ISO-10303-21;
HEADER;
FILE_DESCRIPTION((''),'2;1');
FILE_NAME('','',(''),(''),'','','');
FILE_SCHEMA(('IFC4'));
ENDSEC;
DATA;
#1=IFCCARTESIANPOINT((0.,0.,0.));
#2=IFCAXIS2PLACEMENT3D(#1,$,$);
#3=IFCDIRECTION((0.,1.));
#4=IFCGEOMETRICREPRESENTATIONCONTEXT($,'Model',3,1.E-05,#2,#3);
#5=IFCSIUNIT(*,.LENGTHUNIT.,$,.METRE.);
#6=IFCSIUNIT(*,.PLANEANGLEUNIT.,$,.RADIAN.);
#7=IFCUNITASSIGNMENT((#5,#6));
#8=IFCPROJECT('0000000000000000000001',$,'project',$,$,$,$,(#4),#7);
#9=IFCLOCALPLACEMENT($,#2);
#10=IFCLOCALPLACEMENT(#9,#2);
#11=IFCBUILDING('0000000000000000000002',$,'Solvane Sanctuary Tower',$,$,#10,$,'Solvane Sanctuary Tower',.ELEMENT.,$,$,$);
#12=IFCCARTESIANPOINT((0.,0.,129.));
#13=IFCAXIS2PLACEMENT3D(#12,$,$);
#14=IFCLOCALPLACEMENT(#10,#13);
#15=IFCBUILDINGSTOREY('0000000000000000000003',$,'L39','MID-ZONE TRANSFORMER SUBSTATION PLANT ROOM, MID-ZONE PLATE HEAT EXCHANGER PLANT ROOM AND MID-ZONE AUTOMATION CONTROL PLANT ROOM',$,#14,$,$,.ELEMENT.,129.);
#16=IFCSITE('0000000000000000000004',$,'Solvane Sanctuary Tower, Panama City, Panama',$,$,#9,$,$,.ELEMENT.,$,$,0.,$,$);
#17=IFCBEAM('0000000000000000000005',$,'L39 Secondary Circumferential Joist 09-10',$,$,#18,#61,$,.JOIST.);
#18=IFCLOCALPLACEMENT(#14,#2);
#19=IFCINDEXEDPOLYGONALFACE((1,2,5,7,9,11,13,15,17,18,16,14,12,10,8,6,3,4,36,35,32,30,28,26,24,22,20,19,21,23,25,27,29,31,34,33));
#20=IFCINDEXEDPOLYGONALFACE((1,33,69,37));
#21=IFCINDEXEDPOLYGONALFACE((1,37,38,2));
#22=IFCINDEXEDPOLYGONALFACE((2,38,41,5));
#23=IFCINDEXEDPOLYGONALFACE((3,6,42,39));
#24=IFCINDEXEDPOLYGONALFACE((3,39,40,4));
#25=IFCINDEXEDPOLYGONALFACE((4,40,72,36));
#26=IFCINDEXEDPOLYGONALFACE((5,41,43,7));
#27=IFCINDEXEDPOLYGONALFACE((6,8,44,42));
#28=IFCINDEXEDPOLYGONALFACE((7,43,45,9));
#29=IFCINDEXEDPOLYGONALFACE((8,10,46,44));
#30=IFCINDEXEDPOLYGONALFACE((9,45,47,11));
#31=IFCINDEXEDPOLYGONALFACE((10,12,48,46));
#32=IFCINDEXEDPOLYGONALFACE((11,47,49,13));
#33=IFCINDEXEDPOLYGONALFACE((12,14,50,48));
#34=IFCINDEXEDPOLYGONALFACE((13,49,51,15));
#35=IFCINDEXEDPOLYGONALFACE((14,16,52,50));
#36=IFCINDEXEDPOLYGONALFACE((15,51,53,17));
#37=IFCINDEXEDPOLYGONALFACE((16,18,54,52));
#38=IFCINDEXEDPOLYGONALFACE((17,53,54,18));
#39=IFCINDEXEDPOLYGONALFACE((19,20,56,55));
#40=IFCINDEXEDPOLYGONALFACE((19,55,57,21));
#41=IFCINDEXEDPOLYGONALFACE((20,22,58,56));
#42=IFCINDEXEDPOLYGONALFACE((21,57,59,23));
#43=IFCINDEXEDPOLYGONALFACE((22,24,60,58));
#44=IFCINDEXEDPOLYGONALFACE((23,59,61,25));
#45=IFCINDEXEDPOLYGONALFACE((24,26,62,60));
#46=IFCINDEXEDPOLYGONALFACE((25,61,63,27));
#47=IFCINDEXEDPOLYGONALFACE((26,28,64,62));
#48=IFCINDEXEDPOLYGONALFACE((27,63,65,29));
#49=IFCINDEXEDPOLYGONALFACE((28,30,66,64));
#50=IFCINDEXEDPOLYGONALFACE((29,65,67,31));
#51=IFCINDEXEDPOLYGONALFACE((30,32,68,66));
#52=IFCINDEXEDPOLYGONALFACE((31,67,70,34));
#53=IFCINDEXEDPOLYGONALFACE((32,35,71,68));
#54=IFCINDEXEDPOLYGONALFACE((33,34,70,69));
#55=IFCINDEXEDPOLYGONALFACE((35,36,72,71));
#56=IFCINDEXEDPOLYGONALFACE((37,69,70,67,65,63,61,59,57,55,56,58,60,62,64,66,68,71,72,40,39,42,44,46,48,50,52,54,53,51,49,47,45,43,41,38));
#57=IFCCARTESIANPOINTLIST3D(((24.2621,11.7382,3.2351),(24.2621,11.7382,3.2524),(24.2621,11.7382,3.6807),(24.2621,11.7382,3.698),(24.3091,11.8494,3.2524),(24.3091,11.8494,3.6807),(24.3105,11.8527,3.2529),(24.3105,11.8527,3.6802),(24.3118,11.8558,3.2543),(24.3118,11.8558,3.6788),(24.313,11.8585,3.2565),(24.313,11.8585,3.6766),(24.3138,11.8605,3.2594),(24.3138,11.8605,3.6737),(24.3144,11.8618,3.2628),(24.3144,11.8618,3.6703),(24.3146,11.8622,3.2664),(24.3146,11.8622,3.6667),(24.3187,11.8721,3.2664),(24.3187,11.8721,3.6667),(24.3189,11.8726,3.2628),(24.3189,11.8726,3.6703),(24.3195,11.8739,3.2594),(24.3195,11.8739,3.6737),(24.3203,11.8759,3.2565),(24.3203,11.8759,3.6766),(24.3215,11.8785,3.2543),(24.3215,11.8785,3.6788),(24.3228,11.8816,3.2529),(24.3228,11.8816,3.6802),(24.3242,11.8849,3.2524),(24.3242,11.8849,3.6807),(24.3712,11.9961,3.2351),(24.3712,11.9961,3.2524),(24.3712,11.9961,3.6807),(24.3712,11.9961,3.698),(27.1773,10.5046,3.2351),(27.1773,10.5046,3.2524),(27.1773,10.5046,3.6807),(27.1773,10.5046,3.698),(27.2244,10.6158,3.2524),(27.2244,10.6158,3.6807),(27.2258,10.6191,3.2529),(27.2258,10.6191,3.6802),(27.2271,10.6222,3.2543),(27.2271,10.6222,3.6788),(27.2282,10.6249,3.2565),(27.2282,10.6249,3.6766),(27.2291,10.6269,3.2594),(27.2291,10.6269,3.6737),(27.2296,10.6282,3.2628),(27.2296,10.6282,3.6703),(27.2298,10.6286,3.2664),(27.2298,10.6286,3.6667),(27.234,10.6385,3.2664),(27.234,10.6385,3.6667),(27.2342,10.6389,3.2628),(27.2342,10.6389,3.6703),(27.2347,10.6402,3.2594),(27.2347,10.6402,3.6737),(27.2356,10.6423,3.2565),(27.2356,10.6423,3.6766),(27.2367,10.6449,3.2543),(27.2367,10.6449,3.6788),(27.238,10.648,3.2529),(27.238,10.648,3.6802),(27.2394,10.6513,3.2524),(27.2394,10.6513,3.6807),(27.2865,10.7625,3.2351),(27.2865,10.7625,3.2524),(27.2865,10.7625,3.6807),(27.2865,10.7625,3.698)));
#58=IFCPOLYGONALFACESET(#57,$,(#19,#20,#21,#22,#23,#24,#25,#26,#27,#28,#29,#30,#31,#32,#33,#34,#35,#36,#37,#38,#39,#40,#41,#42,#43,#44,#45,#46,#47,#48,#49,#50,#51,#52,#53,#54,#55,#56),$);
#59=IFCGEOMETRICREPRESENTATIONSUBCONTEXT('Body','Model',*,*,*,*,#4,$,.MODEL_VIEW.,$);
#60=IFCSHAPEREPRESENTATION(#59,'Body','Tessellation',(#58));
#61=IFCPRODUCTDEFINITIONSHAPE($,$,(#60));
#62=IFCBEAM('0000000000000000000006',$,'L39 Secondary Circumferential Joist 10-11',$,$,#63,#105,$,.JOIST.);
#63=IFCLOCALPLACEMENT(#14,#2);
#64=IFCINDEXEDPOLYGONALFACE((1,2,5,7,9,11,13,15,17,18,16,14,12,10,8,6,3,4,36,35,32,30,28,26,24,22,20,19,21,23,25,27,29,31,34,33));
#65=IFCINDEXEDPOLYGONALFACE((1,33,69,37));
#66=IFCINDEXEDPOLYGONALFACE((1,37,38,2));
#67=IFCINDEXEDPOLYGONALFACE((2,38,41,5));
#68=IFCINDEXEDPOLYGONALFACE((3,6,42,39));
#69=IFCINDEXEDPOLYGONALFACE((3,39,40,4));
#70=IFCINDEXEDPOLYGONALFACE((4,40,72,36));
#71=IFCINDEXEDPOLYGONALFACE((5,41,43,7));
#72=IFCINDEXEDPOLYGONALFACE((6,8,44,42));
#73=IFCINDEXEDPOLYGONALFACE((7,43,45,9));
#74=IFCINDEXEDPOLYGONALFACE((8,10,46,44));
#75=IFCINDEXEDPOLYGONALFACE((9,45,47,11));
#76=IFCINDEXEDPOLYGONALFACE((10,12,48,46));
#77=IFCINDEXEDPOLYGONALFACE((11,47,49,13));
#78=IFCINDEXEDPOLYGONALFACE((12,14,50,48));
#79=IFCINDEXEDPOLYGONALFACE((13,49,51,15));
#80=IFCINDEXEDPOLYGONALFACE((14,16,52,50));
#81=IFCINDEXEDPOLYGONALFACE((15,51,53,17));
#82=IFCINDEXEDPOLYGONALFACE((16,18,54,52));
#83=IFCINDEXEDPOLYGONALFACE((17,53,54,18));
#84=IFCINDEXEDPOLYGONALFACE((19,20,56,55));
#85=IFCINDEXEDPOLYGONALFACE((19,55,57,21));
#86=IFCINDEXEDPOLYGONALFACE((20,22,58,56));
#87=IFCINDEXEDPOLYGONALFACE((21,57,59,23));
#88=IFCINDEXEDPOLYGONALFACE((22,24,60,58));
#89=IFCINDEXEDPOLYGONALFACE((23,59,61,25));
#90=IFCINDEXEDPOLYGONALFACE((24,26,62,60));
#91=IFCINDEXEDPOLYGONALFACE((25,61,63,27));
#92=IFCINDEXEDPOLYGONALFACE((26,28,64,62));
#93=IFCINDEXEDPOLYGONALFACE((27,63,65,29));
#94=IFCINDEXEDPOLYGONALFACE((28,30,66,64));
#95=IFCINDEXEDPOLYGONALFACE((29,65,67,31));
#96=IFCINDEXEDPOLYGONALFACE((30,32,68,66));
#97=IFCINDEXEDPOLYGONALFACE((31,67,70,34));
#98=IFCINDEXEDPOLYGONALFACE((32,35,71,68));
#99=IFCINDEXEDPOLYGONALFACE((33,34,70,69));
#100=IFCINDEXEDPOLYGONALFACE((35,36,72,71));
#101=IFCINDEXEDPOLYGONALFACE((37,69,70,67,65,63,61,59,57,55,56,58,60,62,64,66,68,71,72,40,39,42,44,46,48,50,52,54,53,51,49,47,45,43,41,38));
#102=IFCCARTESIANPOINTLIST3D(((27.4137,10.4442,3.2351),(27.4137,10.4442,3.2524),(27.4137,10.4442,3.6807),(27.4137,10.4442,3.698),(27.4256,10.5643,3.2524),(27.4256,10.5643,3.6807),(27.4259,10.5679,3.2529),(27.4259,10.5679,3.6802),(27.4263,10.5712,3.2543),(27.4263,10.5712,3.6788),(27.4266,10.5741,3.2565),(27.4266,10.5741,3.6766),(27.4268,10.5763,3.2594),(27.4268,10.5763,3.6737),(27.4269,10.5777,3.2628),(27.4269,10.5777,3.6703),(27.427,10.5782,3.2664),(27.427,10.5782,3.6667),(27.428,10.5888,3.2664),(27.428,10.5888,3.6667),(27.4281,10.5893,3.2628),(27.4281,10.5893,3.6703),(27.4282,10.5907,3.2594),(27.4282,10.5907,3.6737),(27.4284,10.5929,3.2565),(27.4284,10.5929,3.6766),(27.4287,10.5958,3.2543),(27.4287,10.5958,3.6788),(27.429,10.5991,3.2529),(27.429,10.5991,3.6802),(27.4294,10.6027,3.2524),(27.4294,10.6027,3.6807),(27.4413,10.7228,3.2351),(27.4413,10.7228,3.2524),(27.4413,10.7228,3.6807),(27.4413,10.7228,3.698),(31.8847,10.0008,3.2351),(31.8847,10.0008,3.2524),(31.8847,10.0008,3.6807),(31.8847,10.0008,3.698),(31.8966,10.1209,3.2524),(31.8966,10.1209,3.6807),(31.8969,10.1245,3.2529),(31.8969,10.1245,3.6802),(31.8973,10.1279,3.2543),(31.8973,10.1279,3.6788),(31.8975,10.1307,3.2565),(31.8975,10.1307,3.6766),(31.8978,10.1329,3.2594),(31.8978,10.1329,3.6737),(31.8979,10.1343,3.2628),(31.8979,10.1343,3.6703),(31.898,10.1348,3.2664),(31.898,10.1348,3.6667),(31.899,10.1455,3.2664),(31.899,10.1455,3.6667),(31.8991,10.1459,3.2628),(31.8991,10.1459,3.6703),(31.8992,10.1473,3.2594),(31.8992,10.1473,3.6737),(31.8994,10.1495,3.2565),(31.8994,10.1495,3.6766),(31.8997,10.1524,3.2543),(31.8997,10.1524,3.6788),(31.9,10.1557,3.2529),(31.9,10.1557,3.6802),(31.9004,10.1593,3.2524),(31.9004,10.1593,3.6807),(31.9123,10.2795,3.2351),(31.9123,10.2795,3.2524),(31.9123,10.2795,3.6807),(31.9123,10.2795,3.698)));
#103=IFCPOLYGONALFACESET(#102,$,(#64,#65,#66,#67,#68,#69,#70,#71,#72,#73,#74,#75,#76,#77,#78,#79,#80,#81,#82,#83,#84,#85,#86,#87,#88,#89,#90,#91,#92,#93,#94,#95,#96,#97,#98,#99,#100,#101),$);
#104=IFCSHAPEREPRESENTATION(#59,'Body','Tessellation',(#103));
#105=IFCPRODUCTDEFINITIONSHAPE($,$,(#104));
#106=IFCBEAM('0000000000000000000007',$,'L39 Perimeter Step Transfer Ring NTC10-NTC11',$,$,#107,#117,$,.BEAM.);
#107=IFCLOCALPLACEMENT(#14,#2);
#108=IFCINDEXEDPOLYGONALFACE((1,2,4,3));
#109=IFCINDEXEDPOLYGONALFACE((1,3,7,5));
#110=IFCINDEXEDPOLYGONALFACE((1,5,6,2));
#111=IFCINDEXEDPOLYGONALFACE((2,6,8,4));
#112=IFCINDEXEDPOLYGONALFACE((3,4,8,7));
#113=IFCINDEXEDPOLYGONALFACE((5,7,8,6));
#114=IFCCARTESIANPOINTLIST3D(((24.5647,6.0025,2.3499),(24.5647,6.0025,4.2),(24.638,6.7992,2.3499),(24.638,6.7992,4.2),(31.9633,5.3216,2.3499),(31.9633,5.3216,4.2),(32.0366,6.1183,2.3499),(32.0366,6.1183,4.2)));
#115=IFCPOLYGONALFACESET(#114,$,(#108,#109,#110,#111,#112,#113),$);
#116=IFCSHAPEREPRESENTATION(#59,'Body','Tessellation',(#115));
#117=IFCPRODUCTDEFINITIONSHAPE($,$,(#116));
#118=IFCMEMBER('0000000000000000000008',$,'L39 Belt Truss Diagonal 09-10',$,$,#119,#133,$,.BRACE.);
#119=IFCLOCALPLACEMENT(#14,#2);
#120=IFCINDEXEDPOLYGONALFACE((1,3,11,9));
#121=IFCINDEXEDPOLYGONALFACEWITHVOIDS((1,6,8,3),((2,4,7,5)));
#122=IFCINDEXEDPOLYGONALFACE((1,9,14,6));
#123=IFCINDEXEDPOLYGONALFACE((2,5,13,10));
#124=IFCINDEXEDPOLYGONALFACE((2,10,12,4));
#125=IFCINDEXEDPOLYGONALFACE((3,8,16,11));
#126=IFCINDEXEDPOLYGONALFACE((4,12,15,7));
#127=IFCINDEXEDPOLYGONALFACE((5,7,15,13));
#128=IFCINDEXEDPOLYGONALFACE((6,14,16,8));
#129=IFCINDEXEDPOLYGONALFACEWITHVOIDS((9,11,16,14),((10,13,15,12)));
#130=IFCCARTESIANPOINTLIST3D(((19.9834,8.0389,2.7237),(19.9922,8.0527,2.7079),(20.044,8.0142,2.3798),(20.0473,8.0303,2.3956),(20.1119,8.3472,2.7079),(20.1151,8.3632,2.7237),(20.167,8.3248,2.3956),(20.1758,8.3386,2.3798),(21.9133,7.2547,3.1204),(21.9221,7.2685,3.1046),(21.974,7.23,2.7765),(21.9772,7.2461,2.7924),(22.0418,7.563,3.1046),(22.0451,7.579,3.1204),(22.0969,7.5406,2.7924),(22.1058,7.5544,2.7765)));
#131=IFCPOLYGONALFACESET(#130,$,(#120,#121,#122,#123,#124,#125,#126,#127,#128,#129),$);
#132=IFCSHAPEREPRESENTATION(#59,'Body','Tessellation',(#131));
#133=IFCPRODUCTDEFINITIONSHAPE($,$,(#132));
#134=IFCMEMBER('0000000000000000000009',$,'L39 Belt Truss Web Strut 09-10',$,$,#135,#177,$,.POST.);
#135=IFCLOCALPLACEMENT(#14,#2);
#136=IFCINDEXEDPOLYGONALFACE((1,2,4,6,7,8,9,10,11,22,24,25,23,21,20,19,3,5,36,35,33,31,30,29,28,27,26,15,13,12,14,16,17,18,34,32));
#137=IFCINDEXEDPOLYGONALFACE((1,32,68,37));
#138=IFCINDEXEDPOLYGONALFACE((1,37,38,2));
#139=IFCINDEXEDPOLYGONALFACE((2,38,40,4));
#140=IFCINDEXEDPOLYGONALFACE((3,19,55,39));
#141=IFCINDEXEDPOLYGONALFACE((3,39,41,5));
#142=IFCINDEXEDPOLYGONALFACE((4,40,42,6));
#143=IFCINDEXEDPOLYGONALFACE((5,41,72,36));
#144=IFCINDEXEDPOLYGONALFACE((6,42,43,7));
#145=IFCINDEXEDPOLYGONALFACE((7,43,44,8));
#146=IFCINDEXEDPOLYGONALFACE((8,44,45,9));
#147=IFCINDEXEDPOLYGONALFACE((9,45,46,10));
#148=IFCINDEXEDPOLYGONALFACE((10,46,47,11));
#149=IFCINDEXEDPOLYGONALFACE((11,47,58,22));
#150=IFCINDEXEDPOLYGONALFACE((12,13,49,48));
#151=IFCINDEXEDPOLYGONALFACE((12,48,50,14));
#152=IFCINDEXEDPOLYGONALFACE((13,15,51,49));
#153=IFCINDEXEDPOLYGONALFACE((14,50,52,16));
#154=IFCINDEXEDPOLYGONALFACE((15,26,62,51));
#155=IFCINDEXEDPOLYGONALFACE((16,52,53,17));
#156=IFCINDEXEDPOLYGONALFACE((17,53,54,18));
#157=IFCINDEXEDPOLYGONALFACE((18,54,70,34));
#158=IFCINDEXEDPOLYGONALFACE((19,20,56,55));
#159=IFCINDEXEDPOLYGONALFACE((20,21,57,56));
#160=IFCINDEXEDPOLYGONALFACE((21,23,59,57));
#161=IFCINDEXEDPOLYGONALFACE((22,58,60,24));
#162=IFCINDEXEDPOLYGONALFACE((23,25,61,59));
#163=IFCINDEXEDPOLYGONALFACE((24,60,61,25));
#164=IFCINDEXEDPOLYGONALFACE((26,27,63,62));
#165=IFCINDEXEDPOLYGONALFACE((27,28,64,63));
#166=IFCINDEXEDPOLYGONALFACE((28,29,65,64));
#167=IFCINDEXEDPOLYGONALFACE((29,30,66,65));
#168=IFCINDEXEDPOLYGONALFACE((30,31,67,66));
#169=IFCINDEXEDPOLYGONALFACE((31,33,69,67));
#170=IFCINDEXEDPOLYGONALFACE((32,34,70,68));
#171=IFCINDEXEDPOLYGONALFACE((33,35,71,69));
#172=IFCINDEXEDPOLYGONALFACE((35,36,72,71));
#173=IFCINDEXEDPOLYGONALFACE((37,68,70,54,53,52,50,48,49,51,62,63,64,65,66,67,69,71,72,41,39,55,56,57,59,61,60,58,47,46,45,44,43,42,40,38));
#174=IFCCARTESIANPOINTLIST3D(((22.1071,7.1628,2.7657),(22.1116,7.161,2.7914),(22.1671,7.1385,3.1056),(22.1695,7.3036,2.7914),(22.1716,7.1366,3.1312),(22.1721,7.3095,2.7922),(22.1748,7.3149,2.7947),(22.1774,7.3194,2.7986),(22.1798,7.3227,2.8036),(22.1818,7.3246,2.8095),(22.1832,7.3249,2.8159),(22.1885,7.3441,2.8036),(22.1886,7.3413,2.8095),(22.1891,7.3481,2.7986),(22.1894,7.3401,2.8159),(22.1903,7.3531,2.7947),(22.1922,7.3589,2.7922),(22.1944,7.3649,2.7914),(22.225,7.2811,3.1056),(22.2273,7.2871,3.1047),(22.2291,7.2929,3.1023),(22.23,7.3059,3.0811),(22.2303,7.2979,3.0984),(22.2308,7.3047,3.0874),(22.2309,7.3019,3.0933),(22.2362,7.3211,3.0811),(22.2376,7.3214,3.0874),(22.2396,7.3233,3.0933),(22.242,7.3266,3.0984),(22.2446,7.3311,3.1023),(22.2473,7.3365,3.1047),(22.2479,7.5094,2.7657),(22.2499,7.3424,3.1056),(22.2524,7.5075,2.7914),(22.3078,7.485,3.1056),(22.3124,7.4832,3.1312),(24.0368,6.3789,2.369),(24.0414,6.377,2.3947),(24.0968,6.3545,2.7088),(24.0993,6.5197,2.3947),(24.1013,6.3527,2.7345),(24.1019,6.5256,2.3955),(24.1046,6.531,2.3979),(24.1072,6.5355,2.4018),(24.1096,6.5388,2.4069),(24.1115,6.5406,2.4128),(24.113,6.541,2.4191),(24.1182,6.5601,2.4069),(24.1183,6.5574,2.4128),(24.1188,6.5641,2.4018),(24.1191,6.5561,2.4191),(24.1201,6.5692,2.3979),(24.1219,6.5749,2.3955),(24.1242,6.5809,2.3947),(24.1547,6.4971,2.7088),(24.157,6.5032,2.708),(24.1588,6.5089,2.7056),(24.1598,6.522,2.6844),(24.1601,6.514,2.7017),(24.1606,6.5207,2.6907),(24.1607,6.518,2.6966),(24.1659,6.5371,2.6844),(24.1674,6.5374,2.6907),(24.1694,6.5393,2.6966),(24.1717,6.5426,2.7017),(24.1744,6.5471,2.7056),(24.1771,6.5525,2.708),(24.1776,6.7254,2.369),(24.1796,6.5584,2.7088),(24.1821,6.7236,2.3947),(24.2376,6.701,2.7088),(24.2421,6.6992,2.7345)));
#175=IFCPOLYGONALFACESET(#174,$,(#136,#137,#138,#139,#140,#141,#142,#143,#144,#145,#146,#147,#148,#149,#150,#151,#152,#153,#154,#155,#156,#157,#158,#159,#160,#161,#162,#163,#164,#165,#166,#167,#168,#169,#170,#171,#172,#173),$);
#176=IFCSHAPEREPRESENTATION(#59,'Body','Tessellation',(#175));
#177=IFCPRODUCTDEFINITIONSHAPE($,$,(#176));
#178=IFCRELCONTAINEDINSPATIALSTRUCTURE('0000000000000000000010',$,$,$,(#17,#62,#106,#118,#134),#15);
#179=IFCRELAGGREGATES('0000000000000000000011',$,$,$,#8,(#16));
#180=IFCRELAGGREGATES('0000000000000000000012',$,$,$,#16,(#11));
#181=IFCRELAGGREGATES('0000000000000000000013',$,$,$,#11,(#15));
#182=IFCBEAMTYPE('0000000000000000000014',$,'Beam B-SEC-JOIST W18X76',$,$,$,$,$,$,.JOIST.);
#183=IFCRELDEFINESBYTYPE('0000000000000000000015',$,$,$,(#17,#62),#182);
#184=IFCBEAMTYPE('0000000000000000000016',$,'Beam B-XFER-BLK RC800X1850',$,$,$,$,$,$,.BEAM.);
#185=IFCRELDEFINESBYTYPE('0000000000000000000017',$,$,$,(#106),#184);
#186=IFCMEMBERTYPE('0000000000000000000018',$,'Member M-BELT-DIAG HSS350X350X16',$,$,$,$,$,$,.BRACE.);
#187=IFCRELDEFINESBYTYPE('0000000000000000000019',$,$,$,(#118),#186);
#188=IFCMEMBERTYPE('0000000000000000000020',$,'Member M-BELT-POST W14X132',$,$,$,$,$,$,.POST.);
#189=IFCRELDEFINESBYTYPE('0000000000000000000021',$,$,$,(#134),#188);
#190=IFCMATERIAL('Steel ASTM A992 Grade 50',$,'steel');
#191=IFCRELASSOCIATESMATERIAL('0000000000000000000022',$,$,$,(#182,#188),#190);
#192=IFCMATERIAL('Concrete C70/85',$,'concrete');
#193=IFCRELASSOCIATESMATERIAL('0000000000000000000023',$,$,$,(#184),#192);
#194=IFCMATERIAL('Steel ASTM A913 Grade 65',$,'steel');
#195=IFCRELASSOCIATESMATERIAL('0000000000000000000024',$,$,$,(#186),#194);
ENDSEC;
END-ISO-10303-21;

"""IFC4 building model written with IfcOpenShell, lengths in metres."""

from ifc_helpers import new_model, si_unit, direction, frame, origin, origin_2d, place, context, subcontext, project, spatial, rectangle, hollow_rectangle, i_section, extrude, material, material_profile, profile_set, type_object, element, save


model = new_model("IFC4")

# Units and contexts
model_context = context("Model", 3, precision=1e-05, world=origin(), true_north=direction((0.0, 1.0)))
body_context = subcontext(model_context, "Body", "Model", "MODEL_VIEW")
ifc_project = project(units=[si_unit("LENGTHUNIT", "METRE"), si_unit("PLANEANGLEUNIT", "RADIAN")], contexts=[model_context])

# Site, building, storey
site_placement = place(None, origin())
site = spatial("IfcSite", under=ifc_project, at=site_placement, Name="Solvane Sanctuary Tower, Panama City, Panama", CompositionType="ELEMENT", RefElevation=0.0)
building_placement = place(site_placement, origin())
building = spatial("IfcBuilding", under=site, at=building_placement, Name="Solvane Sanctuary Tower", LongName="Solvane Sanctuary Tower", CompositionType="ELEMENT")
storey_placement = place(building_placement, frame((0.0, 0.0, 129.0)))
storey = spatial("IfcBuildingStorey", under=building, at=storey_placement, Name="L39", Description="MID-ZONE TRANSFORMER SUBSTATION PLANT ROOM, MID-ZONE PLATE HEAT EXCHANGER PLANT ROOM AND MID-ZONE AUTOMATION CONTROL PLANT ROOM", CompositionType="ELEMENT", Elevation=129.0)

# Beams
ifc_material_1 = material(Name="Steel ASTM A913 Grade 65", Category="steel")
ifc_material_2 = material(Name="Steel ASTM A992 Grade 50", Category="steel")
ifc_material_profile_1 = material_profile(ifc_material_2, i_section(OverallWidth=0.28, OverallDepth=0.4629, WebThickness=0.0107, FlangeThickness=0.0173, FilletRadius=0.0139, at=origin_2d()), Name="W18X76")
ifc_profile_set_1 = profile_set([ifc_material_profile_1], Name="Steel ASTM A992 Grade 50")
beam_type_1 = type_object("IfcBeamType", Name="Beam B-SEC-JOIST W18X76", PredefinedType="JOIST", material=ifc_profile_set_1)
beam_1_placement = place(storey_placement, frame((24.3167, 11.8672, 3.4666), z_axis=(0.920939, -0.389708, 0.0), x_axis=(0.389708, 0.920939, 0.0)))
element("IfcBeam", 1, at=beam_1_placement, inside=storey, type_object=beam_type_1, Name="L39 Secondary Circumferential Joist 09-10", PredefinedType="JOIST", context=body_context, shape_type="SweptSolid", body=[
    extrude(i_section(OverallWidth=0.28, OverallDepth=0.4629, WebThickness=0.0107, FlangeThickness=0.0173, FilletRadius=0.0139, at=origin_2d()), origin(), (0.0, 0.0, 1.0), 3.1655),
])
beam_2_placement = place(storey_placement, frame((27.4275, 10.5835, 3.4666), z_axis=(0.995119, -0.098681, 0.0), x_axis=(0.098681, 0.995119, 0.0)))
element("IfcBeam", 2, at=beam_2_placement, inside=storey, type_object=beam_type_1, Name="L39 Secondary Circumferential Joist 10-11", PredefinedType="JOIST", context=body_context, shape_type="SweptSolid", body=[
    extrude(i_section(OverallWidth=0.28, OverallDepth=0.4629, WebThickness=0.0107, FlangeThickness=0.0173, FilletRadius=0.0139, at=origin_2d()), origin(), (0.0, 0.0, 1.0), 4.4929),
])
ifc_material_3 = material(Name="Concrete C70/85", Category="concrete")
ifc_material_profile_2 = material_profile(ifc_material_3, rectangle(XDim=0.8, YDim=1.8501, at=origin_2d()), Name="RC800X1850")
ifc_profile_set_2 = profile_set([ifc_material_profile_2], Name="Concrete C70/85")
beam_type_2 = type_object("IfcBeamType", Name="Beam B-XFER-BLK RC800X1850", PredefinedType="BEAM", material=ifc_profile_set_2)
beam_3_placement = place(storey_placement, frame((24.6013, 6.4009, 3.2749), z_axis=(0.995792, -0.091644, 0.0), x_axis=(0.091644, 0.995792, 0.0)))
element("IfcBeam", 3, at=beam_3_placement, inside=storey, type_object=beam_type_2, Name="L39 Perimeter Step Transfer Ring NTC10-NTC11", PredefinedType="BEAM", context=body_context, shape_type="SweptSolid", body=[
    extrude(rectangle(XDim=0.8, YDim=1.8501, at=origin_2d()), origin(), (0.0, 0.0, 1.0), 7.4299),
])

# Members
ifc_material_profile_3 = material_profile(ifc_material_1, hollow_rectangle(XDim=0.3501, YDim=0.3501, WallThickness=0.0161, at=origin_2d()), Name="HSS350X350X16")
ifc_profile_set_3 = profile_set([ifc_material_profile_3], Name="Steel ASTM A913 Grade 65")
member_type_1 = type_object("IfcMemberType", Name="Member M-BELT-DIAG HSS350X350X16", PredefinedType="BRACE", material=ifc_profile_set_3)
member_1_placement = place(storey_placement, frame((20.0796, 8.1887, 2.5518), z_axis=(0.910085, -0.36979, 0.187083), x_axis=(0.376437, 0.926442, 0.0)))
element("IfcMember", 4, at=member_1_placement, inside=storey, type_object=member_type_1, Name="L39 Belt Truss Diagonal 09-10", PredefinedType="BRACE", context=body_context, shape_type="SweptSolid", body=[
    extrude(hollow_rectangle(XDim=0.3501, YDim=0.3501, WallThickness=0.0161, at=origin_2d()), origin(), (0.0, 0.0, 1.0), 2.1206),
])
ifc_material_profile_4 = material_profile(ifc_material_2, i_section(OverallWidth=0.374, OverallDepth=0.3721, WebThickness=0.0164, FlangeThickness=0.0261, FilletRadius=0.0249, at=origin_2d()), Name="W14X132")
ifc_profile_set_4 = profile_set([ifc_material_profile_4], Name="Steel ASTM A992 Grade 50")
member_type_2 = type_object("IfcMemberType", Name="Member M-BELT-POST W14X132", PredefinedType="POST", material=ifc_profile_set_4)
member_2_placement = place(storey_placement, frame((22.2097, 7.323, 2.9485), z_axis=(0.910104, -0.36973, -0.18711), x_axis=(0.376377, 0.926467, 0.0)))
element("IfcMember", 5, at=member_2_placement, inside=storey, type_object=member_type_2, Name="L39 Belt Truss Web Strut 09-10", PredefinedType="POST", context=body_context, shape_type="SweptSolid", body=[
    extrude(i_section(OverallWidth=0.374, OverallDepth=0.3721, WebThickness=0.0164, FlangeThickness=0.0261, FilletRadius=0.0249, at=origin_2d()), origin(), (0.0, 0.0, 1.0), 2.1204),
])

save(model, "model.ifc")
